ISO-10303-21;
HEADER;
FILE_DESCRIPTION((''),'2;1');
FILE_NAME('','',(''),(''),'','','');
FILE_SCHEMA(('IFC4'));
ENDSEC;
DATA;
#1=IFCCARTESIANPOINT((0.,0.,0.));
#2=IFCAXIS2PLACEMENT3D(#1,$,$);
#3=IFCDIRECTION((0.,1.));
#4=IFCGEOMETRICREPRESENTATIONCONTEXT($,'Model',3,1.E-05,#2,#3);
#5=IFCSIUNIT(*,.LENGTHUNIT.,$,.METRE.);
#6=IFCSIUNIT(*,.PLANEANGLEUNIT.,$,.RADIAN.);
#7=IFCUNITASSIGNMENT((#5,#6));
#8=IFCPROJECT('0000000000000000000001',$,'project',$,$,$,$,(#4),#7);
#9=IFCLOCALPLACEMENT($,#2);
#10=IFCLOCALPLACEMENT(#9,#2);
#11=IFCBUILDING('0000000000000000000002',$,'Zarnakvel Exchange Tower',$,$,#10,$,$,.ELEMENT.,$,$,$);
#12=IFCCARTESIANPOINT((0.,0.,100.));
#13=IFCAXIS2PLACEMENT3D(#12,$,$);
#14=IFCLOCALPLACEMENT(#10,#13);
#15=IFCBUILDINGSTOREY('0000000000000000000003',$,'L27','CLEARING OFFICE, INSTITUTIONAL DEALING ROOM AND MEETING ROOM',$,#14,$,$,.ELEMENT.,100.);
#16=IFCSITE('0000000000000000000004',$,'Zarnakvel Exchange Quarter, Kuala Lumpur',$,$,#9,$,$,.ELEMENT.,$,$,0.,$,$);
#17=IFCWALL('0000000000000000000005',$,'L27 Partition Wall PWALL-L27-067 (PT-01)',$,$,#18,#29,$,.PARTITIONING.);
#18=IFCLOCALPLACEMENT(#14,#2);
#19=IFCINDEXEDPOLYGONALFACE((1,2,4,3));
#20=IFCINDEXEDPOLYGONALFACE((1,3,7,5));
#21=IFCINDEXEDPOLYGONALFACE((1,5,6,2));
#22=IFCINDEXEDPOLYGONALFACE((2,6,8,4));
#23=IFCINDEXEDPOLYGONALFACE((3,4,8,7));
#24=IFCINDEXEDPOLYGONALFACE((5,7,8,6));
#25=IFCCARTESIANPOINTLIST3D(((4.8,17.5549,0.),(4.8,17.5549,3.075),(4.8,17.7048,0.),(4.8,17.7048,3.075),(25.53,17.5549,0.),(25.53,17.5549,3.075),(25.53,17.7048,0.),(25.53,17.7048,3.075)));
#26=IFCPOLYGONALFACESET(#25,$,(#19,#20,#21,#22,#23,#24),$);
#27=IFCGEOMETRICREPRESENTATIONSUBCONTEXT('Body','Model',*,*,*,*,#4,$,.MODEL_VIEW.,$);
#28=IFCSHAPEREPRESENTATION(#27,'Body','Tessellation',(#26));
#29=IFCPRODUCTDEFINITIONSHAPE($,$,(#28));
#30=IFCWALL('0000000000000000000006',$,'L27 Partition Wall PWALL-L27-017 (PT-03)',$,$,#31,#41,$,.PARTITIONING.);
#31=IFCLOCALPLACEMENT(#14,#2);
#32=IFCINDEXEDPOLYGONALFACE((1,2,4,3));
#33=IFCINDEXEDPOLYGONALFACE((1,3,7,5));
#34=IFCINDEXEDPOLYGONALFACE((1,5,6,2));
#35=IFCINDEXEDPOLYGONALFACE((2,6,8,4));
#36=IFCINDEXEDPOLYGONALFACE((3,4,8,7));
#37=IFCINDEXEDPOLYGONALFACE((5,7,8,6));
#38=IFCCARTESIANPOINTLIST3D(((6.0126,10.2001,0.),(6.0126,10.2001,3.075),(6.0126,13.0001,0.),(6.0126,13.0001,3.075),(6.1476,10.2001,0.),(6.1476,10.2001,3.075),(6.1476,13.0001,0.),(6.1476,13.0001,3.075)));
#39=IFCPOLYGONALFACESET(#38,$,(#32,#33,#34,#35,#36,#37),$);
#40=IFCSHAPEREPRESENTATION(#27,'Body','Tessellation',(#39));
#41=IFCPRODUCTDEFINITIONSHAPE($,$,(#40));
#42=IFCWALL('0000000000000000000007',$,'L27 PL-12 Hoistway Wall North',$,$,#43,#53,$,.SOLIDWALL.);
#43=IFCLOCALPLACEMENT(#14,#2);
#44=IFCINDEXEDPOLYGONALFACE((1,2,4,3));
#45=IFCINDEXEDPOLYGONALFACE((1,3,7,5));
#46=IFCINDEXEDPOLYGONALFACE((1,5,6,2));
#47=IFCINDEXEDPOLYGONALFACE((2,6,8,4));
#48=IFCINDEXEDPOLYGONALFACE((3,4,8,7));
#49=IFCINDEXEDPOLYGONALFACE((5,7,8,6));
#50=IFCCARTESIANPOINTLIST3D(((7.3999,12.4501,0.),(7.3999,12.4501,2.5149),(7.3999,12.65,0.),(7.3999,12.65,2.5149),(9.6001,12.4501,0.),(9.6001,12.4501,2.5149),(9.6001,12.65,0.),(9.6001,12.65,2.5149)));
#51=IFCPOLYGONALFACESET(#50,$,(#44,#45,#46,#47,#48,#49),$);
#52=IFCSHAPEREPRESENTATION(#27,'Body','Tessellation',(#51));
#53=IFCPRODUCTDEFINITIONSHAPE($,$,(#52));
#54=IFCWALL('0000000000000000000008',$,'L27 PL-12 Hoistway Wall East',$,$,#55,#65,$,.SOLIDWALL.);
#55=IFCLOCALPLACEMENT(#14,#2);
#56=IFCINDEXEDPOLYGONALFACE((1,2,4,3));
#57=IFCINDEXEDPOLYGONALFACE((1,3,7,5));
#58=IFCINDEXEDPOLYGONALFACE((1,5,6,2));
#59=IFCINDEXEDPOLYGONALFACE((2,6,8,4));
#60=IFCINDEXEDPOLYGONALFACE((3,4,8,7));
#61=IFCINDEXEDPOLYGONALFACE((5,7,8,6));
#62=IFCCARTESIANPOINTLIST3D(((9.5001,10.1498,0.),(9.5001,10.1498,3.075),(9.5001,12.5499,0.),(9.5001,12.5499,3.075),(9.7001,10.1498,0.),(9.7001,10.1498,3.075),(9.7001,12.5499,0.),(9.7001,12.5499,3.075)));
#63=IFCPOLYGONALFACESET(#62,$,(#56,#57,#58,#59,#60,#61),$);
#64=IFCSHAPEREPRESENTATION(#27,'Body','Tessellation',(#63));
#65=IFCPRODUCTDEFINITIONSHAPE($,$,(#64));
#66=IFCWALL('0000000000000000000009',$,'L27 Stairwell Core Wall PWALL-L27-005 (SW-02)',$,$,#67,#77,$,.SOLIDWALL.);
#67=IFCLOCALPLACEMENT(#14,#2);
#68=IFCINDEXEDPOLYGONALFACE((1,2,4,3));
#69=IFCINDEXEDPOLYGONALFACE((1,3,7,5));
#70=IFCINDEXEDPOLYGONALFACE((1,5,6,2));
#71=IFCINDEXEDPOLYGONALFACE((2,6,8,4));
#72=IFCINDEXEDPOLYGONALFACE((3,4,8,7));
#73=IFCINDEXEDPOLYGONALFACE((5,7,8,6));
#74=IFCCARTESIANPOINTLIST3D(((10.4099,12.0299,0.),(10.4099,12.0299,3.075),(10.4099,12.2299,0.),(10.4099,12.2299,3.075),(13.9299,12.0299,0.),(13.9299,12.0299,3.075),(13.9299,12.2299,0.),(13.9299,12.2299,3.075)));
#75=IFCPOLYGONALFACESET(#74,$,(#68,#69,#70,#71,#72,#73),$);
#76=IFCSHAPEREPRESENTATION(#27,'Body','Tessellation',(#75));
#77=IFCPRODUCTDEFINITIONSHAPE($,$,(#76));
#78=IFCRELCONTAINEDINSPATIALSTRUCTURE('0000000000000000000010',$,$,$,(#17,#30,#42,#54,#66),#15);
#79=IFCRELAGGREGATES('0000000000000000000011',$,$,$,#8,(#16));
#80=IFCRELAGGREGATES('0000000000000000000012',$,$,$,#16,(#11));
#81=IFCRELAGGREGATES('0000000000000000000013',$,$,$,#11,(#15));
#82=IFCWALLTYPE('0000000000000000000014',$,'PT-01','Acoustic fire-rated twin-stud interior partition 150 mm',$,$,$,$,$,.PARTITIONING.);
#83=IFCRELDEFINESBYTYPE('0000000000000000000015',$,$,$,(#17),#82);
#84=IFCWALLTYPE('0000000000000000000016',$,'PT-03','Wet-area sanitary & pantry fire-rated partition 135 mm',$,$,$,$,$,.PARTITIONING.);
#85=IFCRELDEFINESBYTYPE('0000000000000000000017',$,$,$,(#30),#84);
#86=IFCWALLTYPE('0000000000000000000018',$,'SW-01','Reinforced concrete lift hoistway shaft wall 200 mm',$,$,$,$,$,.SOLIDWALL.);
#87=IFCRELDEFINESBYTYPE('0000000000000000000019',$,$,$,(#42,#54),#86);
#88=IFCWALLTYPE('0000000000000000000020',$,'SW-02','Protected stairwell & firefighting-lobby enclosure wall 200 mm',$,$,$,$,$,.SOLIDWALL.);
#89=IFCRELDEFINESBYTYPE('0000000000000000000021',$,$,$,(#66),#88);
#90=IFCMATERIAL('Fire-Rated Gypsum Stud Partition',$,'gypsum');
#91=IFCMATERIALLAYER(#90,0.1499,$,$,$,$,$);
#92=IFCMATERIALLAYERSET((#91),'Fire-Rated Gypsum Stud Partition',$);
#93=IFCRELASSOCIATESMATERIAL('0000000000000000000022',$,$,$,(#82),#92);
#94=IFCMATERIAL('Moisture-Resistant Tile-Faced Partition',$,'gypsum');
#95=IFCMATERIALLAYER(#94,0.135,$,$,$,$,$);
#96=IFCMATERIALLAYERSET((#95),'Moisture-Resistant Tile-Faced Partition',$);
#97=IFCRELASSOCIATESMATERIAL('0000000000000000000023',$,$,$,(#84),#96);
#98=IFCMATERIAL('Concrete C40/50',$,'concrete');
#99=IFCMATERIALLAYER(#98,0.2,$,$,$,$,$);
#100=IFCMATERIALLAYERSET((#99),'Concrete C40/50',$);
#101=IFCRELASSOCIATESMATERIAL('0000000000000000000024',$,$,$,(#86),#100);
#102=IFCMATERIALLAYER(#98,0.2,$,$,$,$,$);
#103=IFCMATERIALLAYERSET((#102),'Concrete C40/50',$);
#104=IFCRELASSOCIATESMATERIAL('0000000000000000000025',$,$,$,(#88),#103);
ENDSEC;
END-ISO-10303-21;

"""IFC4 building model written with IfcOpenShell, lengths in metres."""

from ifc_helpers import new_model, si_unit, direction, frame, frame_2d, origin, place, context, subcontext, project, spatial, rectangle, extrude, material, layer, layer_set, type_object, element, save


model = new_model("IFC4")

# Units and contexts
model_context = context("Model", 3, precision=1e-05, world=origin(), true_north=direction((0.0, 1.0)))
body_context = subcontext(model_context, "Body", "Model", "MODEL_VIEW")
ifc_project = project(units=[si_unit("LENGTHUNIT", "METRE"), si_unit("PLANEANGLEUNIT", "RADIAN")], contexts=[model_context])

# Site, building, storey
site_placement = place(None, origin())
site = spatial("IfcSite", under=ifc_project, at=site_placement, Name="Zarnakvel Exchange Quarter, Kuala Lumpur", CompositionType="ELEMENT", RefElevation=0.0)
building_placement = place(site_placement, origin())
building = spatial("IfcBuilding", under=site, at=building_placement, Name="Zarnakvel Exchange Tower", CompositionType="ELEMENT")
storey_placement = place(building_placement, frame((0.0, 0.0, 100.0)))
storey = spatial("IfcBuildingStorey", under=building, at=storey_placement, Name="L27", Description="CLEARING OFFICE, INSTITUTIONAL DEALING ROOM AND MEETING ROOM", CompositionType="ELEMENT", Elevation=100.0)

# Shared definitions
ifc_material_1 = material(Name="Fire-Rated Gypsum Stud Partition", Category="gypsum")
ifc_layer_1 = layer(ifc_material_1, 0.1499)
ifc_layer_set_1 = layer_set([ifc_layer_1], Name="Fire-Rated Gypsum Stud Partition")
wall_type_1 = type_object("IfcWallType", Name="PT-01", Description="Acoustic fire-rated twin-stud interior partition 150 mm", PredefinedType="PARTITIONING", material=ifc_layer_set_1)

# Wall
wall_1_placement = place(storey_placement, frame((4.8, 17.6299, 0.0), z_axis=(0.0, 0.0, 1.0), x_axis=(1.0, 0.0, 0.0)))
element("IfcWall", 1, at=wall_1_placement, inside=storey, type_object=wall_type_1, Name="L27 Partition Wall PWALL-L27-067 (PT-01)", PredefinedType="PARTITIONING", context=body_context, shape_type="SweptSolid", body=[
    extrude(rectangle(XDim=20.73, YDim=0.1499, at=frame_2d((10.365, 0.0))), origin(), (0.0, 0.0, 1.0), 3.075),
])

# Shared definitions
ifc_material_2 = material(Name="Moisture-Resistant Tile-Faced Partition", Category="gypsum")
ifc_layer_2 = layer(ifc_material_2, 0.135)
ifc_layer_set_2 = layer_set([ifc_layer_2], Name="Moisture-Resistant Tile-Faced Partition")
wall_type_2 = type_object("IfcWallType", Name="PT-03", Description="Wet-area sanitary & pantry fire-rated partition 135 mm", PredefinedType="PARTITIONING", material=ifc_layer_set_2)

# Walls
wall_2_placement = place(storey_placement, frame((6.0801, 13.0, 0.0), z_axis=(0.0, 0.0, 1.0), x_axis=(0.0, -1.0, 0.0)))
element("IfcWall", 2, at=wall_2_placement, inside=storey, type_object=wall_type_2, Name="L27 Partition Wall PWALL-L27-017 (PT-03)", PredefinedType="PARTITIONING", context=body_context, shape_type="SweptSolid", body=[
    extrude(rectangle(XDim=2.8, YDim=0.135, at=frame_2d((1.3999, 0.0))), origin(), (0.0, 0.0, 1.0), 3.075),
])
ifc_material_3 = material(Name="Concrete C40/50", Category="concrete")
ifc_layer_3 = layer(ifc_material_3, 0.2)
ifc_layer_set_3 = layer_set([ifc_layer_3], Name="Concrete C40/50")
wall_type_3 = type_object("IfcWallType", Name="SW-01", Description="Reinforced concrete lift hoistway shaft wall 200 mm", PredefinedType="SOLIDWALL", material=ifc_layer_set_3)
wall_3_placement = place(storey_placement, frame((7.3999, 12.55, 0.0), z_axis=(0.0, 0.0, 1.0), x_axis=(1.0, 0.0, 0.0)))
element("IfcWall", 3, at=wall_3_placement, inside=storey, type_object=wall_type_3, Name="L27 PL-12 Hoistway Wall North", PredefinedType="SOLIDWALL", context=body_context, shape_type="SweptSolid", body=[
    extrude(rectangle(XDim=2.2002, YDim=0.2, at=frame_2d((1.1001, 0.0))), origin(), (0.0, 0.0, 1.0), 2.5149),
])
wall_4_placement = place(storey_placement, frame((9.6001, 12.55, 0.0), z_axis=(0.0, 0.0, 1.0), x_axis=(0.0, -1.0, 0.0)))
element("IfcWall", 4, at=wall_4_placement, inside=storey, type_object=wall_type_3, Name="L27 PL-12 Hoistway Wall East", PredefinedType="SOLIDWALL", context=body_context, shape_type="SweptSolid", body=[
    extrude(rectangle(XDim=2.4001, YDim=0.2, at=frame_2d((1.2002, 0.0))), origin(), (0.0, 0.0, 1.0), 3.075),
])
ifc_layer_4 = layer(ifc_material_3, 0.2)
ifc_layer_set_4 = layer_set([ifc_layer_4], Name="Concrete C40/50")
wall_type_4 = type_object("IfcWallType", Name="SW-02", Description="Protected stairwell & firefighting-lobby enclosure wall 200 mm", PredefinedType="SOLIDWALL", material=ifc_layer_set_4)
wall_5_placement = place(storey_placement, frame((10.4099, 12.1299, 0.0), z_axis=(0.0, 0.0, 1.0), x_axis=(1.0, 0.0, 0.0)))
element("IfcWall", 5, at=wall_5_placement, inside=storey, type_object=wall_type_4, Name="L27 Stairwell Core Wall PWALL-L27-005 (SW-02)", PredefinedType="SOLIDWALL", context=body_context, shape_type="SweptSolid", body=[
    extrude(rectangle(XDim=3.52, YDim=0.2, at=frame_2d((1.76, 0.0))), origin(), (0.0, 0.0, 1.0), 3.075),
])

save(model, "model.ifc")
